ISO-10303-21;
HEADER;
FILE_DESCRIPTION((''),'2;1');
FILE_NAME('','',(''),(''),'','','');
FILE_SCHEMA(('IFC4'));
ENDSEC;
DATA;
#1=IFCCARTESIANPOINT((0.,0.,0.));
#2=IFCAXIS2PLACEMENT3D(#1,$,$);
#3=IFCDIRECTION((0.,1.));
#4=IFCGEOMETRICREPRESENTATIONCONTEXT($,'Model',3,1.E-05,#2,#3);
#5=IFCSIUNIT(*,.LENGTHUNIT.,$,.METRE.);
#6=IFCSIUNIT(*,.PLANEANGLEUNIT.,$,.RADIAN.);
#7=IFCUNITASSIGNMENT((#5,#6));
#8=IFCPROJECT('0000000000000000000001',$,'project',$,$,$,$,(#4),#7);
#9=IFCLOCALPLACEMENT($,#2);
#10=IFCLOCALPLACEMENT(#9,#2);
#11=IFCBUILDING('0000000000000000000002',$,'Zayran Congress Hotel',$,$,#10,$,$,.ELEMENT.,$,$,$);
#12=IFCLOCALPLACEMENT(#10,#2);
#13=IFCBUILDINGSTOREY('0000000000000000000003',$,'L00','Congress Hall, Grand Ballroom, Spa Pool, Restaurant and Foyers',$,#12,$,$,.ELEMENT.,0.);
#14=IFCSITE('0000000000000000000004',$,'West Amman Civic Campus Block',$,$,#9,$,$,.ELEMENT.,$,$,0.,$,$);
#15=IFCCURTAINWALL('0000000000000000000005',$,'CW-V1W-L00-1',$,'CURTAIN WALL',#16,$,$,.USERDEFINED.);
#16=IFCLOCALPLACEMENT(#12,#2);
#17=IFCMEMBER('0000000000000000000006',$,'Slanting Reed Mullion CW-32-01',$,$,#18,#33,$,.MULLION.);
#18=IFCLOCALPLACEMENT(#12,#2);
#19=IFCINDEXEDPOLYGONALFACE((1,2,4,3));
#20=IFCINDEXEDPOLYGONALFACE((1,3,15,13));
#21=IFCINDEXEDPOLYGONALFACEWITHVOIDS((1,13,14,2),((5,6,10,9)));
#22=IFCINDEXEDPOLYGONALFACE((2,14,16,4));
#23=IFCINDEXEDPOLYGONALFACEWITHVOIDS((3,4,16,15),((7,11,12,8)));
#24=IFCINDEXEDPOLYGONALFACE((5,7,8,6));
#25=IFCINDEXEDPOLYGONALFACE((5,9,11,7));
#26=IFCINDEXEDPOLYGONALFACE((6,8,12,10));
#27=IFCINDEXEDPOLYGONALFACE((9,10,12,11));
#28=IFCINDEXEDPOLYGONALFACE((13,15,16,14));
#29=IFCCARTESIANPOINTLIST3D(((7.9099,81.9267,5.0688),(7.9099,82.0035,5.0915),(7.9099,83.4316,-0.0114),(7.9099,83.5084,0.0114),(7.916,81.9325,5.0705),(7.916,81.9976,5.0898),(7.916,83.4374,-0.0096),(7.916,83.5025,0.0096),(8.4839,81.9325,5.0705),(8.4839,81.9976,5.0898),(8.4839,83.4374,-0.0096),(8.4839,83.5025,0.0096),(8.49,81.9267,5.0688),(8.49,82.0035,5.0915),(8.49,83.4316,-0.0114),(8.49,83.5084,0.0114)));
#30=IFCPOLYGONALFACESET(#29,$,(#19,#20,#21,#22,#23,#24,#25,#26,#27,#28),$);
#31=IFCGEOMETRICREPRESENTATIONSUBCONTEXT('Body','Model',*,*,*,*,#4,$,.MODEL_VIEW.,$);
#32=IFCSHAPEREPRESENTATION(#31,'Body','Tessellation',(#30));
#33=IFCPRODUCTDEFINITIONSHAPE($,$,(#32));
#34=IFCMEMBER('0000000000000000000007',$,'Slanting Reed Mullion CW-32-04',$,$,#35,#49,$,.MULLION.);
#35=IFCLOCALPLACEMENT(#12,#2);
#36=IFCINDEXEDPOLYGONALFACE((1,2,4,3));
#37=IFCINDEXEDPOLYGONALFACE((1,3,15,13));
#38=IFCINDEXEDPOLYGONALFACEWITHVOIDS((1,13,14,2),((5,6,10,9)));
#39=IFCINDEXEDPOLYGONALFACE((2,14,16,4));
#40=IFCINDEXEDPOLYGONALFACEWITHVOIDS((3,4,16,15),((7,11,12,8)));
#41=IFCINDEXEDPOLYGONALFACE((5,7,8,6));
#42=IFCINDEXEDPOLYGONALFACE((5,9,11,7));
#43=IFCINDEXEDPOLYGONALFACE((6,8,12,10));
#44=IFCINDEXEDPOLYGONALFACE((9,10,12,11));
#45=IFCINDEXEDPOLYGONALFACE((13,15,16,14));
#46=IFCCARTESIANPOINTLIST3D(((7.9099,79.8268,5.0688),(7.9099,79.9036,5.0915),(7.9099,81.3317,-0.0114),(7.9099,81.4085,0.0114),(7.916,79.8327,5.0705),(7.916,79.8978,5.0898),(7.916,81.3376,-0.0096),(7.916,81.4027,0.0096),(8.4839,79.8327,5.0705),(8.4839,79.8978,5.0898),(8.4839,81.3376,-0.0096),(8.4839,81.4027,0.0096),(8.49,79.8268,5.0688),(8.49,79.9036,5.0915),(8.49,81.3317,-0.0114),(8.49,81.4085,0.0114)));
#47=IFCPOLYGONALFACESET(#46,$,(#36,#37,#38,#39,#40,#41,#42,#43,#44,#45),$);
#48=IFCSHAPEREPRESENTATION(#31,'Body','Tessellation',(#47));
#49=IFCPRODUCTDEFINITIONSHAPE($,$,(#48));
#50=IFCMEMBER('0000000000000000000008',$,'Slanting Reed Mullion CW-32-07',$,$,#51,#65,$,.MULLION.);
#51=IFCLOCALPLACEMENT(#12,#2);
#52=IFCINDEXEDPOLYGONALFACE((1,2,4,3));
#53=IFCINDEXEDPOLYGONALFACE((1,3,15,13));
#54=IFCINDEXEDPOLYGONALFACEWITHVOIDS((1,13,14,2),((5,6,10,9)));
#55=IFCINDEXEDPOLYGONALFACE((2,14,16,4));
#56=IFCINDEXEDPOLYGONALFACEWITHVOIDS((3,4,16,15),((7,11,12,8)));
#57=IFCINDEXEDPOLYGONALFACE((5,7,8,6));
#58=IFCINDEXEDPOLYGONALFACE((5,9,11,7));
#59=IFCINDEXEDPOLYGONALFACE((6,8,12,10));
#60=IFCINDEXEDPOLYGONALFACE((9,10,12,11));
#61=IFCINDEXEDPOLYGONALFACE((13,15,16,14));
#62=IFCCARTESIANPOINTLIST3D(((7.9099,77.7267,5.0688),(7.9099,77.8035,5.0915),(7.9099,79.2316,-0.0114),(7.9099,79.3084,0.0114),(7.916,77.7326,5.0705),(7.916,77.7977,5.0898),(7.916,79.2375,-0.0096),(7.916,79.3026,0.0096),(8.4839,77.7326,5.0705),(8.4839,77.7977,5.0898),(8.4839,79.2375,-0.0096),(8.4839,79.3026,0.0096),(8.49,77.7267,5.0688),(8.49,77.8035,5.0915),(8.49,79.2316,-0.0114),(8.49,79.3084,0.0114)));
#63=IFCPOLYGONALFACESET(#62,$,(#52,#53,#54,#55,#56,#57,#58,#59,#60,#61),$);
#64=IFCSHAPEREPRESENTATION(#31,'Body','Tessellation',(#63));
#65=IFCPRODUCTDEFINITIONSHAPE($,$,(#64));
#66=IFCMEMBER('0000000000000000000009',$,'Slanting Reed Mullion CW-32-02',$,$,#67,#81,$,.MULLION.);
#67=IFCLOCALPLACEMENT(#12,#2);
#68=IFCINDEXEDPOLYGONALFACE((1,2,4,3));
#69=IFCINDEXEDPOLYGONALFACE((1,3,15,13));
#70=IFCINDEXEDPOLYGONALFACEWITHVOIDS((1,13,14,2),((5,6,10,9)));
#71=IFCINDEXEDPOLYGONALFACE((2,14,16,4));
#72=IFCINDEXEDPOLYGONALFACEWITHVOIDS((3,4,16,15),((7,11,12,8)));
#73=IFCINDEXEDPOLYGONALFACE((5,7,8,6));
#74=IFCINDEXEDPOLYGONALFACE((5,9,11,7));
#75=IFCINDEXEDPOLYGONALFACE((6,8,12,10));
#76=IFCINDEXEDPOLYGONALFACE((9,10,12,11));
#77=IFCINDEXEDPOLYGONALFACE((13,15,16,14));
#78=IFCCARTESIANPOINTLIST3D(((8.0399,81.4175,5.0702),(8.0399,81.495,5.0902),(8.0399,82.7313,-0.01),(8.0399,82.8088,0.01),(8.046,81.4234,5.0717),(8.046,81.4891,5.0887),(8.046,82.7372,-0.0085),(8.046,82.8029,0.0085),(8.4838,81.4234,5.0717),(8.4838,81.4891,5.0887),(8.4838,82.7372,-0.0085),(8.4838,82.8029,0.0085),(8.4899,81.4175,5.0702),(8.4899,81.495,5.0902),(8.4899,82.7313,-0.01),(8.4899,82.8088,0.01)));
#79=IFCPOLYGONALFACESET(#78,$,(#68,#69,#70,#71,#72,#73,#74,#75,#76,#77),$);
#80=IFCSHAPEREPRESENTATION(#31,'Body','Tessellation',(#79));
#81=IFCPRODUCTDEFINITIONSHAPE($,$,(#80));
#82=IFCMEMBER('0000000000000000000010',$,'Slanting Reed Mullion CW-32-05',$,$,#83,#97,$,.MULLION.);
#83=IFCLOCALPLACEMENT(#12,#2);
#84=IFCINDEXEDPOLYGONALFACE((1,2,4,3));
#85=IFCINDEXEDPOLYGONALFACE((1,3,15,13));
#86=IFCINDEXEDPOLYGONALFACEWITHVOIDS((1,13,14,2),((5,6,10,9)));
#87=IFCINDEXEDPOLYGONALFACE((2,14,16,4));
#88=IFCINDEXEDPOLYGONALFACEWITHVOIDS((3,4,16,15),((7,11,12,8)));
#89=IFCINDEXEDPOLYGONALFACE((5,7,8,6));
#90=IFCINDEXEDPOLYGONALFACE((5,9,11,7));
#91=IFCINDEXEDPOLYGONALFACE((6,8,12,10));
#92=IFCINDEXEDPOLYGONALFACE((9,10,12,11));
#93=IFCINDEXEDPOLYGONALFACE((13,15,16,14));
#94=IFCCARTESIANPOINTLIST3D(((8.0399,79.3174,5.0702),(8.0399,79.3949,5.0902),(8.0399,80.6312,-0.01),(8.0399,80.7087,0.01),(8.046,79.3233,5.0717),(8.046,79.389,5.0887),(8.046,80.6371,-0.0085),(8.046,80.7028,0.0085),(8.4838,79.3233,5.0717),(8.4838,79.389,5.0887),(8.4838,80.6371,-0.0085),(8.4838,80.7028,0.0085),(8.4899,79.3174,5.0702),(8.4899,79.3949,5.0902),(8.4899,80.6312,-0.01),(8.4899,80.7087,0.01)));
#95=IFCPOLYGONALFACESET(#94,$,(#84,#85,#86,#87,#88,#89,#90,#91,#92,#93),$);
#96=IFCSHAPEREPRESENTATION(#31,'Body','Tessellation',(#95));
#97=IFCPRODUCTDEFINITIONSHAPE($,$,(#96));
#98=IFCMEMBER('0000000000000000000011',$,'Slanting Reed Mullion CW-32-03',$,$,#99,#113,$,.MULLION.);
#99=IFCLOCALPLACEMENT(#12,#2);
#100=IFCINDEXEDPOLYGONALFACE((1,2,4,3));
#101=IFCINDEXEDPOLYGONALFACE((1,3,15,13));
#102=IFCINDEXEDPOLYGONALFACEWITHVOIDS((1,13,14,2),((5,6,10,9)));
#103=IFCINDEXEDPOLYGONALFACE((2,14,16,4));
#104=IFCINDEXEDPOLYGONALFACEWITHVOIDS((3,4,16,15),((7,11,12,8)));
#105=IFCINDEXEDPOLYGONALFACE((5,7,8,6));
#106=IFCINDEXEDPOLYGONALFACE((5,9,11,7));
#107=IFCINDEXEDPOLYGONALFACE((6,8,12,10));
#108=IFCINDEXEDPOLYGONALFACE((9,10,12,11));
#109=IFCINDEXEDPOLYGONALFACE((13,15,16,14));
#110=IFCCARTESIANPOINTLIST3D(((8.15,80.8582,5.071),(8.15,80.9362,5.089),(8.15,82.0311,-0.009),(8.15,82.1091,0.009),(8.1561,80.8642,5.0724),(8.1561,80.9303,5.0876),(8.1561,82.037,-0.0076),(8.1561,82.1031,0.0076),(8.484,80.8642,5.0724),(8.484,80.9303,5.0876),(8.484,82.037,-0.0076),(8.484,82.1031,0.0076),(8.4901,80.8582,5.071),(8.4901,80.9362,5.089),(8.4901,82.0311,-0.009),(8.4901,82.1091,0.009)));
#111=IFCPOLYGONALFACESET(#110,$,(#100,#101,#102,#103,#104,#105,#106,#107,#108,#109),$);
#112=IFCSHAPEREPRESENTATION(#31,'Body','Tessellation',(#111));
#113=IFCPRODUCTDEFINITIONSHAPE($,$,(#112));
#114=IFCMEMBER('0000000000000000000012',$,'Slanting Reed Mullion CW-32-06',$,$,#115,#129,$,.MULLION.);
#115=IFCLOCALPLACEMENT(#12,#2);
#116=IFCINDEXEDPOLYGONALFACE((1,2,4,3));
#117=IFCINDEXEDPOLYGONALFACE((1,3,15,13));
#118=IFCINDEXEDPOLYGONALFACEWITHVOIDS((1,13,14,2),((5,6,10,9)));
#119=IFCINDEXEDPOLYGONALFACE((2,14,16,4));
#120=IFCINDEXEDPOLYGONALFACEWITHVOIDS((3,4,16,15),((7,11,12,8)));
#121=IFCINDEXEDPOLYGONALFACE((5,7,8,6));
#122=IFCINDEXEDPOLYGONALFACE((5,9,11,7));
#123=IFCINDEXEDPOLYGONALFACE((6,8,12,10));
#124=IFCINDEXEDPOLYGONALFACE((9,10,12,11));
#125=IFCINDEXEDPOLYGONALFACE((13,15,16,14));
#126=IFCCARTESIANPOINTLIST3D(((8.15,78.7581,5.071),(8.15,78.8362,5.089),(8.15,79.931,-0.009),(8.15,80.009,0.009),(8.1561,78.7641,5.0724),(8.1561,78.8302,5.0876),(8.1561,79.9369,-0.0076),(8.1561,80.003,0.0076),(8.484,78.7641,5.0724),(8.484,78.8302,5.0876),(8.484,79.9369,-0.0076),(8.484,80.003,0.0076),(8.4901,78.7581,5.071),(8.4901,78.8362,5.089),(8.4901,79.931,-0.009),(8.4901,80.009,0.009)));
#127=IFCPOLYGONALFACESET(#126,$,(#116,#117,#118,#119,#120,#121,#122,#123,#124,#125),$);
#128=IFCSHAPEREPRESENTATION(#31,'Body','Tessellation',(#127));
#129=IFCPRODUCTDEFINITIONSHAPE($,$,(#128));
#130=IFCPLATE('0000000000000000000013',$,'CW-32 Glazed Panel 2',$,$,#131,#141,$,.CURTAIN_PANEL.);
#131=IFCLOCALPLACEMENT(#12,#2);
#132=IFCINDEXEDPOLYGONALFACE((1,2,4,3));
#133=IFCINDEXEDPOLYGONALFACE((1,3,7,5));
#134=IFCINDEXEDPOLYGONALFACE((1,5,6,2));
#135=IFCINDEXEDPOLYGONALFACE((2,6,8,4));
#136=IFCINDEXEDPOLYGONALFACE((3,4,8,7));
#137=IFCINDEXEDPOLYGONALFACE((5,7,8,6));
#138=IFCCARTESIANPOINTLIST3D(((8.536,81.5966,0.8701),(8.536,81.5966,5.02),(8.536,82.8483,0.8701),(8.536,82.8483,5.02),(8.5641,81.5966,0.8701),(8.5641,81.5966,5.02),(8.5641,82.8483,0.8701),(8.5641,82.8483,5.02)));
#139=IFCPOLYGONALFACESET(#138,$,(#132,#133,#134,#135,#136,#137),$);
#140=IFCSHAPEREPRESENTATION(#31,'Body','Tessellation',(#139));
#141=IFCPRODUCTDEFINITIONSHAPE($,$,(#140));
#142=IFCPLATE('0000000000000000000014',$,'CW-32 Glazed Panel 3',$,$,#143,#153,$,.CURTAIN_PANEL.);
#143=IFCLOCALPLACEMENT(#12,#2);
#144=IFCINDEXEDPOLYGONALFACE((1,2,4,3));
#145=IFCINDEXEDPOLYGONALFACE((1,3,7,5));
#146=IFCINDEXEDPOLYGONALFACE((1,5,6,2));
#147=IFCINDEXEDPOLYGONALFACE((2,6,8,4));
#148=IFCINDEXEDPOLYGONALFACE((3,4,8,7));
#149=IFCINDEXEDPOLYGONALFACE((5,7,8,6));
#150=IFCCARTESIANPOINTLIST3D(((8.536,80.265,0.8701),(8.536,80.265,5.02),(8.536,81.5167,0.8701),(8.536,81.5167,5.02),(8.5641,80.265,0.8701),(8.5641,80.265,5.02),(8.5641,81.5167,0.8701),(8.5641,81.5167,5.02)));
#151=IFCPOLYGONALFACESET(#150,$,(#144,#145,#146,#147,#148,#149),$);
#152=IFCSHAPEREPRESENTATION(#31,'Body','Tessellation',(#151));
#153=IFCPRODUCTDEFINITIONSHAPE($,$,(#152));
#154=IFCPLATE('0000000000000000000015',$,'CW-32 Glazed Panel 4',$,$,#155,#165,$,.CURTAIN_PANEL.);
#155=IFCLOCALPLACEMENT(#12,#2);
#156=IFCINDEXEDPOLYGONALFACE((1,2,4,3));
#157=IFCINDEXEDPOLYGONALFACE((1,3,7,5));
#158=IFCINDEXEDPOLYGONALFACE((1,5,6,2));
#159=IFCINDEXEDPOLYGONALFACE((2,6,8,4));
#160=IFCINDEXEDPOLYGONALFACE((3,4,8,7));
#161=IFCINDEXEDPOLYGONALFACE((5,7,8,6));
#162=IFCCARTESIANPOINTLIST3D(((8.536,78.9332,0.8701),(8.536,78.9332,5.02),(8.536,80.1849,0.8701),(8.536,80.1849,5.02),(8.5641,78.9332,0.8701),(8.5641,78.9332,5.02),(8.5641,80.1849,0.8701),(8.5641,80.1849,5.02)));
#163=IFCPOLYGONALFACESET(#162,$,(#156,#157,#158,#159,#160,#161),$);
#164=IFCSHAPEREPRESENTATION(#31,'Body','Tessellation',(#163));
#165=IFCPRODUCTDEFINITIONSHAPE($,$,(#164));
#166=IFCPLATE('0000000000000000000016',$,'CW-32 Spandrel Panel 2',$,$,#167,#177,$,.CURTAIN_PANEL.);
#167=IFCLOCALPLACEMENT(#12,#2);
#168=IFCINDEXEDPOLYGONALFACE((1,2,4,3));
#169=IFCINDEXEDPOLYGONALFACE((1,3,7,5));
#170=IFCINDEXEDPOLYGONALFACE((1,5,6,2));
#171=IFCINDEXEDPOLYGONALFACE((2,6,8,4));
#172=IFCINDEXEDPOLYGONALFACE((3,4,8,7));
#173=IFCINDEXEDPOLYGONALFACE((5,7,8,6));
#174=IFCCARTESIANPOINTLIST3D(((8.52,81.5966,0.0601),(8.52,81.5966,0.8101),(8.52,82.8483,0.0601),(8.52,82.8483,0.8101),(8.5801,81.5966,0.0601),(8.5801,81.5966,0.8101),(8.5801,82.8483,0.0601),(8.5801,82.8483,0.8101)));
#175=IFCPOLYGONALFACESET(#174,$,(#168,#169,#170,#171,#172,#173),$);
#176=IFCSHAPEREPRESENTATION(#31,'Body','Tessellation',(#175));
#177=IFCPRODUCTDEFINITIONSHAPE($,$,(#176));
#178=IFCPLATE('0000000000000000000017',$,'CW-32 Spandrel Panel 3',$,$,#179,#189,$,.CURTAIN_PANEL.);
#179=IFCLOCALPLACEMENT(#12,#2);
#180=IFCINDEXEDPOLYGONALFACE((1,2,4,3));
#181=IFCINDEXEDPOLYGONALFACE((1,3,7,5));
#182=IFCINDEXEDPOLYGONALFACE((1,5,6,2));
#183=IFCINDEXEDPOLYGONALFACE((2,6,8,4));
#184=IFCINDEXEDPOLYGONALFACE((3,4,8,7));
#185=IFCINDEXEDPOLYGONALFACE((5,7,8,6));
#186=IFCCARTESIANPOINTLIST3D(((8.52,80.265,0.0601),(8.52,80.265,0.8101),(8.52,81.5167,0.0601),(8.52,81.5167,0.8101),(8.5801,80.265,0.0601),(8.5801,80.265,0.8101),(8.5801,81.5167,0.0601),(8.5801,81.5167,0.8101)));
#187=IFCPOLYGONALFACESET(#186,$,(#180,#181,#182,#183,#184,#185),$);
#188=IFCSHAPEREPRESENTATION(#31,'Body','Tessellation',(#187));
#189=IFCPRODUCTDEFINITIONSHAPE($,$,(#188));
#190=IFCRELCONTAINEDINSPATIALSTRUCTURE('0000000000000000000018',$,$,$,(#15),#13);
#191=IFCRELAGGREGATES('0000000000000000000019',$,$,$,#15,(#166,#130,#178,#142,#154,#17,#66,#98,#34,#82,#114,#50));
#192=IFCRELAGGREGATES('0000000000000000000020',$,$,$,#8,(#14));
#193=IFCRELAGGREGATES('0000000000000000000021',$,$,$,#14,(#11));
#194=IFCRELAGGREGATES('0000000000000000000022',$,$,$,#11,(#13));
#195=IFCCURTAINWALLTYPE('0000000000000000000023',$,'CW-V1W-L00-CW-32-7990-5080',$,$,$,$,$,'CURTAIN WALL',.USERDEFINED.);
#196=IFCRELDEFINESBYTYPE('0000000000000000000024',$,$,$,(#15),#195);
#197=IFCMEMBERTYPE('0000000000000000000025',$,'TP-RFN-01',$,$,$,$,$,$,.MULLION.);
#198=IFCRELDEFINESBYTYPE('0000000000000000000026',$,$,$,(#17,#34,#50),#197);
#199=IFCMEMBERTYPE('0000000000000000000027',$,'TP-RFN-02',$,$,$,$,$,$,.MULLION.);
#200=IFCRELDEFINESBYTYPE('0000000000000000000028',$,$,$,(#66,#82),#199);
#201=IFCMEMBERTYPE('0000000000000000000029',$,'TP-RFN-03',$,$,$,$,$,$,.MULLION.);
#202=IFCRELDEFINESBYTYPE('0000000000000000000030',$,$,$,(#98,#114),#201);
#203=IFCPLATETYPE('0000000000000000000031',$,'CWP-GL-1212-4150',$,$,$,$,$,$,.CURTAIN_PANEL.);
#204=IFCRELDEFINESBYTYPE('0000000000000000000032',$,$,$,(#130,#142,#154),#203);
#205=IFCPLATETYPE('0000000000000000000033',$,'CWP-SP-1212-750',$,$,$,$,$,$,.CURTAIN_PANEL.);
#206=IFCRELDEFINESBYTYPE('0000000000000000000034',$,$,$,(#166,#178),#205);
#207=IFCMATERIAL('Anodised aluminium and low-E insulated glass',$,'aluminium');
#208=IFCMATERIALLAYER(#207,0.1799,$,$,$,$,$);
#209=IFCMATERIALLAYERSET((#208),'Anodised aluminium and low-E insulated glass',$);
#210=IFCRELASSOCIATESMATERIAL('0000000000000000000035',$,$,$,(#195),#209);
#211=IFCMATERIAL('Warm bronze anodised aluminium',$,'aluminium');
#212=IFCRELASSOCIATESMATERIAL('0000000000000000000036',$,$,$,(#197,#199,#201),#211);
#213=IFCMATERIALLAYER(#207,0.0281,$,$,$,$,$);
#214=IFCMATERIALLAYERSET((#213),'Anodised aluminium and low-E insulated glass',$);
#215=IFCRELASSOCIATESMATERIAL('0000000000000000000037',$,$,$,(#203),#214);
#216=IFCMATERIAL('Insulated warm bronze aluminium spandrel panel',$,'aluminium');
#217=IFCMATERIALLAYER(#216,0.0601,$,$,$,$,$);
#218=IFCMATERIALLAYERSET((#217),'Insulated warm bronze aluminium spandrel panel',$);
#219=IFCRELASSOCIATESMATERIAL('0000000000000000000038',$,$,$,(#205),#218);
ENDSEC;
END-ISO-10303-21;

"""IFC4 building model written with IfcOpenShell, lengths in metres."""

from ifc_helpers import new_model, si_unit, direction, frame, origin, origin_2d, place, context, subcontext, project, spatial, rectangle, hollow_rectangle, extrude, material, layer, layer_set, material_profile, profile_set, type_object, element, aggregate, save


model = new_model("IFC4")

# Units and contexts
model_context = context("Model", 3, precision=1e-05, world=origin(), true_north=direction((0.0, 1.0)))
body_context = subcontext(model_context, "Body", "Model", "MODEL_VIEW")
ifc_project = project(units=[si_unit("LENGTHUNIT", "METRE"), si_unit("PLANEANGLEUNIT", "RADIAN")], contexts=[model_context])

# Site, building, storey
site_placement = place(None, origin())
site = spatial("IfcSite", under=ifc_project, at=site_placement, Name="West Amman Civic Campus Block", CompositionType="ELEMENT", RefElevation=0.0)
building_placement = place(site_placement, origin())
building = spatial("IfcBuilding", under=site, at=building_placement, Name="Zayran Congress Hotel", CompositionType="ELEMENT")
storey_placement = place(building_placement, origin())
storey = spatial("IfcBuildingStorey", under=building, at=storey_placement, Name="L00", Description="Congress Hall, Grand Ballroom, Spa Pool, Restaurant and Foyers", CompositionType="ELEMENT", Elevation=0.0)

# Curtain wall, members, plates
ifc_material_1 = material(Name="Anodised aluminium and low-E insulated glass", Category="aluminium")
ifc_layer_1 = layer(ifc_material_1, 0.1799)
ifc_layer_set_1 = layer_set([ifc_layer_1], Name="Anodised aluminium and low-E insulated glass")
curtain_wall_type = type_object("IfcCurtainWallType", Name="CW-V1W-L00-CW-32-7990-5080", ElementType="CURTAIN WALL", PredefinedType="USERDEFINED", material=ifc_layer_set_1)
curtain_wall_placement = place(storey_placement, origin())
curtain_wall = element("IfcCurtainWall", 1, at=curtain_wall_placement, inside=storey, type_object=curtain_wall_type, Name="CW-V1W-L00-1", ObjectType="CURTAIN WALL", PredefinedType="USERDEFINED")
ifc_material_2 = material(Name="Warm bronze anodised aluminium", Category="aluminium")
ifc_material_profile_1 = material_profile(ifc_material_2, hollow_rectangle(XDim=0.0801, YDim=0.5801, WallThickness=0.0061, at=origin_2d()), Name="RHS 580x80x6")
ifc_profile_set_1 = profile_set([ifc_material_profile_1], Name="Warm bronze anodised aluminium")
member_type_1 = type_object("IfcMemberType", Name="TP-RFN-01", PredefinedType="MULLION", material=ifc_profile_set_1)
member_1_placement = place(storey_placement, frame((8.2, 83.47, 0.0), z_axis=(0.0, -0.284032, 0.958815), x_axis=(0.0, 0.958815, 0.284032)))
member_1 = element("IfcMember", 2, at=member_1_placement, type_object=member_type_1, Name="Slanting Reed Mullion CW-32-01", PredefinedType="MULLION", context=body_context, shape_type="SweptSolid", body=[
    extrude(hollow_rectangle(XDim=0.0801, YDim=0.5801, WallThickness=0.0061, at=origin_2d()), origin(), (0.0, 0.0, 1.0), 5.2983),
])
member_2_placement = place(storey_placement, frame((8.2, 81.3701, 0.0), z_axis=(0.0, -0.284032, 0.958815), x_axis=(0.0, 0.958815, 0.284032)))
member_2 = element("IfcMember", 3, at=member_2_placement, type_object=member_type_1, Name="Slanting Reed Mullion CW-32-04", PredefinedType="MULLION", context=body_context, shape_type="SweptSolid", body=[
    extrude(hollow_rectangle(XDim=0.0801, YDim=0.5801, WallThickness=0.0061, at=origin_2d()), origin(), (0.0, 0.0, 1.0), 5.2983),
])
member_3_placement = place(storey_placement, frame((8.2, 79.27, 0.0), z_axis=(0.0, -0.284032, 0.958815), x_axis=(0.0, 0.958815, 0.284032)))
member_3 = element("IfcMember", 4, at=member_3_placement, type_object=member_type_1, Name="Slanting Reed Mullion CW-32-07", PredefinedType="MULLION", context=body_context, shape_type="SweptSolid", body=[
    extrude(hollow_rectangle(XDim=0.0801, YDim=0.5801, WallThickness=0.0061, at=origin_2d()), origin(), (0.0, 0.0, 1.0), 5.2983),
])
ifc_material_profile_2 = material_profile(ifc_material_2, hollow_rectangle(XDim=0.0801, YDim=0.45, WallThickness=0.0061, at=origin_2d()), Name="RHS 450x80x6")
ifc_profile_set_2 = profile_set([ifc_material_profile_2], Name="Warm bronze anodised aluminium")
member_type_2 = type_object("IfcMemberType", Name="TP-RFN-02", PredefinedType="MULLION", material=ifc_profile_set_2)
member_4_placement = place(storey_placement, frame((8.2649, 82.77, 0.0), z_axis=(0.0, -0.250366, 0.968151), x_axis=(0.0, 0.968151, 0.250366)))
member_4 = element("IfcMember", 5, at=member_4_placement, type_object=member_type_2, Name="Slanting Reed Mullion CW-32-02", PredefinedType="MULLION", context=body_context, shape_type="SweptSolid", body=[
    extrude(hollow_rectangle(XDim=0.0801, YDim=0.45, WallThickness=0.0061, at=origin_2d()), origin(), (0.0, 0.0, 1.0), 5.2473),
])
member_5_placement = place(storey_placement, frame((8.2649, 80.6699, 0.0), z_axis=(0.0, -0.250366, 0.968151), x_axis=(0.0, 0.968151, 0.250366)))
member_5 = element("IfcMember", 6, at=member_5_placement, type_object=member_type_2, Name="Slanting Reed Mullion CW-32-05", PredefinedType="MULLION", context=body_context, shape_type="SweptSolid", body=[
    extrude(hollow_rectangle(XDim=0.0801, YDim=0.45, WallThickness=0.0061, at=origin_2d()), origin(), (0.0, 0.0, 1.0), 5.2473),
])
ifc_material_profile_3 = material_profile(ifc_material_2, hollow_rectangle(XDim=0.0801, YDim=0.3401, WallThickness=0.0061, at=origin_2d()), Name="RHS 340x80x6")
ifc_profile_set_3 = profile_set([ifc_material_profile_3], Name="Warm bronze anodised aluminium")
member_type_3 = type_object("IfcMemberType", Name="TP-RFN-03", PredefinedType="MULLION", material=ifc_profile_set_3)
member_6_placement = place(storey_placement, frame((8.3201, 82.0701, 0.0), z_axis=(0.0, -0.224955, 0.974369), x_axis=(0.0, 0.974369, 0.224955)))
member_6 = element("IfcMember", 7, at=member_6_placement, type_object=member_type_3, Name="Slanting Reed Mullion CW-32-03", PredefinedType="MULLION", context=body_context, shape_type="SweptSolid", body=[
    extrude(hollow_rectangle(XDim=0.0801, YDim=0.3401, WallThickness=0.0061, at=origin_2d()), origin(), (0.0, 0.0, 1.0), 5.2136),
])
member_7_placement = place(storey_placement, frame((8.3201, 79.97, 0.0), z_axis=(0.0, -0.224955, 0.974369), x_axis=(0.0, 0.974369, 0.224955)))
member_7 = element("IfcMember", 8, at=member_7_placement, type_object=member_type_3, Name="Slanting Reed Mullion CW-32-06", PredefinedType="MULLION", context=body_context, shape_type="SweptSolid", body=[
    extrude(hollow_rectangle(XDim=0.0801, YDim=0.3401, WallThickness=0.0061, at=origin_2d()), origin(), (0.0, 0.0, 1.0), 5.2136),
])
ifc_layer_2 = layer(ifc_material_1, 0.0281)
ifc_layer_set_2 = layer_set([ifc_layer_2], Name="Anodised aluminium and low-E insulated glass")
plate_type_1 = type_object("IfcPlateType", Name="CWP-GL-1212-4150", PredefinedType="CURTAIN_PANEL", material=ifc_layer_set_2)
plate_1_placement = place(storey_placement, frame((8.55, 82.2224, 0.8701), z_axis=(0.0, 0.0, 1.0), x_axis=(0.0, 1.0, 0.0)))
plate_1 = element("IfcPlate", 9, at=plate_1_placement, type_object=plate_type_1, Name="CW-32 Glazed Panel 2", PredefinedType="CURTAIN_PANEL", context=body_context, shape_type="SweptSolid", body=[
    extrude(rectangle(XDim=1.2517, YDim=0.0281, at=origin_2d()), origin(), (0.0, 0.0, 1.0), 4.1499),
])
plate_2_placement = place(storey_placement, frame((8.55, 80.8909, 0.8701), z_axis=(0.0, 0.0, 1.0), x_axis=(0.0, 1.0, 0.0)))
plate_2 = element("IfcPlate", 10, at=plate_2_placement, type_object=plate_type_1, Name="CW-32 Glazed Panel 3", PredefinedType="CURTAIN_PANEL", context=body_context, shape_type="SweptSolid", body=[
    extrude(rectangle(XDim=1.2517, YDim=0.0281, at=origin_2d()), origin(), (0.0, 0.0, 1.0), 4.1499),
])
plate_3_placement = place(storey_placement, frame((8.55, 79.5591, 0.8701), z_axis=(0.0, 0.0, 1.0), x_axis=(0.0, 1.0, 0.0)))
plate_3 = element("IfcPlate", 11, at=plate_3_placement, type_object=plate_type_1, Name="CW-32 Glazed Panel 4", PredefinedType="CURTAIN_PANEL", context=body_context, shape_type="SweptSolid", body=[
    extrude(rectangle(XDim=1.2517, YDim=0.0281, at=origin_2d()), origin(), (0.0, 0.0, 1.0), 4.1499),
])
ifc_material_3 = material(Name="Insulated warm bronze aluminium spandrel panel", Category="aluminium")
ifc_layer_3 = layer(ifc_material_3, 0.0601)
ifc_layer_set_3 = layer_set([ifc_layer_3], Name="Insulated warm bronze aluminium spandrel panel")
plate_type_2 = type_object("IfcPlateType", Name="CWP-SP-1212-750", PredefinedType="CURTAIN_PANEL", material=ifc_layer_set_3)
plate_4_placement = place(storey_placement, frame((8.55, 82.2224, 0.0601), z_axis=(0.0, 0.0, 1.0), x_axis=(0.0, 1.0, 0.0)))
plate_4 = element("IfcPlate", 12, at=plate_4_placement, type_object=plate_type_2, Name="CW-32 Spandrel Panel 2", PredefinedType="CURTAIN_PANEL", context=body_context, shape_type="SweptSolid", body=[
    extrude(rectangle(XDim=1.2517, YDim=0.0601, at=origin_2d()), origin(), (0.0, 0.0, 1.0), 0.75),
])
plate_5_placement = place(storey_placement, frame((8.55, 80.8909, 0.0601), z_axis=(0.0, 0.0, 1.0), x_axis=(0.0, 1.0, 0.0)))
plate_5 = element("IfcPlate", 13, at=plate_5_placement, type_object=plate_type_2, Name="CW-32 Spandrel Panel 3", PredefinedType="CURTAIN_PANEL", context=body_context, shape_type="SweptSolid", body=[
    extrude(rectangle(XDim=1.2517, YDim=0.0601, at=origin_2d()), origin(), (0.0, 0.0, 1.0), 0.75),
])
aggregate(curtain_wall, [plate_4, plate_1, plate_5, plate_2, plate_3, member_1, member_4, member_6, member_2, member_5, member_7, member_3])

save(model, "model.ifc")
